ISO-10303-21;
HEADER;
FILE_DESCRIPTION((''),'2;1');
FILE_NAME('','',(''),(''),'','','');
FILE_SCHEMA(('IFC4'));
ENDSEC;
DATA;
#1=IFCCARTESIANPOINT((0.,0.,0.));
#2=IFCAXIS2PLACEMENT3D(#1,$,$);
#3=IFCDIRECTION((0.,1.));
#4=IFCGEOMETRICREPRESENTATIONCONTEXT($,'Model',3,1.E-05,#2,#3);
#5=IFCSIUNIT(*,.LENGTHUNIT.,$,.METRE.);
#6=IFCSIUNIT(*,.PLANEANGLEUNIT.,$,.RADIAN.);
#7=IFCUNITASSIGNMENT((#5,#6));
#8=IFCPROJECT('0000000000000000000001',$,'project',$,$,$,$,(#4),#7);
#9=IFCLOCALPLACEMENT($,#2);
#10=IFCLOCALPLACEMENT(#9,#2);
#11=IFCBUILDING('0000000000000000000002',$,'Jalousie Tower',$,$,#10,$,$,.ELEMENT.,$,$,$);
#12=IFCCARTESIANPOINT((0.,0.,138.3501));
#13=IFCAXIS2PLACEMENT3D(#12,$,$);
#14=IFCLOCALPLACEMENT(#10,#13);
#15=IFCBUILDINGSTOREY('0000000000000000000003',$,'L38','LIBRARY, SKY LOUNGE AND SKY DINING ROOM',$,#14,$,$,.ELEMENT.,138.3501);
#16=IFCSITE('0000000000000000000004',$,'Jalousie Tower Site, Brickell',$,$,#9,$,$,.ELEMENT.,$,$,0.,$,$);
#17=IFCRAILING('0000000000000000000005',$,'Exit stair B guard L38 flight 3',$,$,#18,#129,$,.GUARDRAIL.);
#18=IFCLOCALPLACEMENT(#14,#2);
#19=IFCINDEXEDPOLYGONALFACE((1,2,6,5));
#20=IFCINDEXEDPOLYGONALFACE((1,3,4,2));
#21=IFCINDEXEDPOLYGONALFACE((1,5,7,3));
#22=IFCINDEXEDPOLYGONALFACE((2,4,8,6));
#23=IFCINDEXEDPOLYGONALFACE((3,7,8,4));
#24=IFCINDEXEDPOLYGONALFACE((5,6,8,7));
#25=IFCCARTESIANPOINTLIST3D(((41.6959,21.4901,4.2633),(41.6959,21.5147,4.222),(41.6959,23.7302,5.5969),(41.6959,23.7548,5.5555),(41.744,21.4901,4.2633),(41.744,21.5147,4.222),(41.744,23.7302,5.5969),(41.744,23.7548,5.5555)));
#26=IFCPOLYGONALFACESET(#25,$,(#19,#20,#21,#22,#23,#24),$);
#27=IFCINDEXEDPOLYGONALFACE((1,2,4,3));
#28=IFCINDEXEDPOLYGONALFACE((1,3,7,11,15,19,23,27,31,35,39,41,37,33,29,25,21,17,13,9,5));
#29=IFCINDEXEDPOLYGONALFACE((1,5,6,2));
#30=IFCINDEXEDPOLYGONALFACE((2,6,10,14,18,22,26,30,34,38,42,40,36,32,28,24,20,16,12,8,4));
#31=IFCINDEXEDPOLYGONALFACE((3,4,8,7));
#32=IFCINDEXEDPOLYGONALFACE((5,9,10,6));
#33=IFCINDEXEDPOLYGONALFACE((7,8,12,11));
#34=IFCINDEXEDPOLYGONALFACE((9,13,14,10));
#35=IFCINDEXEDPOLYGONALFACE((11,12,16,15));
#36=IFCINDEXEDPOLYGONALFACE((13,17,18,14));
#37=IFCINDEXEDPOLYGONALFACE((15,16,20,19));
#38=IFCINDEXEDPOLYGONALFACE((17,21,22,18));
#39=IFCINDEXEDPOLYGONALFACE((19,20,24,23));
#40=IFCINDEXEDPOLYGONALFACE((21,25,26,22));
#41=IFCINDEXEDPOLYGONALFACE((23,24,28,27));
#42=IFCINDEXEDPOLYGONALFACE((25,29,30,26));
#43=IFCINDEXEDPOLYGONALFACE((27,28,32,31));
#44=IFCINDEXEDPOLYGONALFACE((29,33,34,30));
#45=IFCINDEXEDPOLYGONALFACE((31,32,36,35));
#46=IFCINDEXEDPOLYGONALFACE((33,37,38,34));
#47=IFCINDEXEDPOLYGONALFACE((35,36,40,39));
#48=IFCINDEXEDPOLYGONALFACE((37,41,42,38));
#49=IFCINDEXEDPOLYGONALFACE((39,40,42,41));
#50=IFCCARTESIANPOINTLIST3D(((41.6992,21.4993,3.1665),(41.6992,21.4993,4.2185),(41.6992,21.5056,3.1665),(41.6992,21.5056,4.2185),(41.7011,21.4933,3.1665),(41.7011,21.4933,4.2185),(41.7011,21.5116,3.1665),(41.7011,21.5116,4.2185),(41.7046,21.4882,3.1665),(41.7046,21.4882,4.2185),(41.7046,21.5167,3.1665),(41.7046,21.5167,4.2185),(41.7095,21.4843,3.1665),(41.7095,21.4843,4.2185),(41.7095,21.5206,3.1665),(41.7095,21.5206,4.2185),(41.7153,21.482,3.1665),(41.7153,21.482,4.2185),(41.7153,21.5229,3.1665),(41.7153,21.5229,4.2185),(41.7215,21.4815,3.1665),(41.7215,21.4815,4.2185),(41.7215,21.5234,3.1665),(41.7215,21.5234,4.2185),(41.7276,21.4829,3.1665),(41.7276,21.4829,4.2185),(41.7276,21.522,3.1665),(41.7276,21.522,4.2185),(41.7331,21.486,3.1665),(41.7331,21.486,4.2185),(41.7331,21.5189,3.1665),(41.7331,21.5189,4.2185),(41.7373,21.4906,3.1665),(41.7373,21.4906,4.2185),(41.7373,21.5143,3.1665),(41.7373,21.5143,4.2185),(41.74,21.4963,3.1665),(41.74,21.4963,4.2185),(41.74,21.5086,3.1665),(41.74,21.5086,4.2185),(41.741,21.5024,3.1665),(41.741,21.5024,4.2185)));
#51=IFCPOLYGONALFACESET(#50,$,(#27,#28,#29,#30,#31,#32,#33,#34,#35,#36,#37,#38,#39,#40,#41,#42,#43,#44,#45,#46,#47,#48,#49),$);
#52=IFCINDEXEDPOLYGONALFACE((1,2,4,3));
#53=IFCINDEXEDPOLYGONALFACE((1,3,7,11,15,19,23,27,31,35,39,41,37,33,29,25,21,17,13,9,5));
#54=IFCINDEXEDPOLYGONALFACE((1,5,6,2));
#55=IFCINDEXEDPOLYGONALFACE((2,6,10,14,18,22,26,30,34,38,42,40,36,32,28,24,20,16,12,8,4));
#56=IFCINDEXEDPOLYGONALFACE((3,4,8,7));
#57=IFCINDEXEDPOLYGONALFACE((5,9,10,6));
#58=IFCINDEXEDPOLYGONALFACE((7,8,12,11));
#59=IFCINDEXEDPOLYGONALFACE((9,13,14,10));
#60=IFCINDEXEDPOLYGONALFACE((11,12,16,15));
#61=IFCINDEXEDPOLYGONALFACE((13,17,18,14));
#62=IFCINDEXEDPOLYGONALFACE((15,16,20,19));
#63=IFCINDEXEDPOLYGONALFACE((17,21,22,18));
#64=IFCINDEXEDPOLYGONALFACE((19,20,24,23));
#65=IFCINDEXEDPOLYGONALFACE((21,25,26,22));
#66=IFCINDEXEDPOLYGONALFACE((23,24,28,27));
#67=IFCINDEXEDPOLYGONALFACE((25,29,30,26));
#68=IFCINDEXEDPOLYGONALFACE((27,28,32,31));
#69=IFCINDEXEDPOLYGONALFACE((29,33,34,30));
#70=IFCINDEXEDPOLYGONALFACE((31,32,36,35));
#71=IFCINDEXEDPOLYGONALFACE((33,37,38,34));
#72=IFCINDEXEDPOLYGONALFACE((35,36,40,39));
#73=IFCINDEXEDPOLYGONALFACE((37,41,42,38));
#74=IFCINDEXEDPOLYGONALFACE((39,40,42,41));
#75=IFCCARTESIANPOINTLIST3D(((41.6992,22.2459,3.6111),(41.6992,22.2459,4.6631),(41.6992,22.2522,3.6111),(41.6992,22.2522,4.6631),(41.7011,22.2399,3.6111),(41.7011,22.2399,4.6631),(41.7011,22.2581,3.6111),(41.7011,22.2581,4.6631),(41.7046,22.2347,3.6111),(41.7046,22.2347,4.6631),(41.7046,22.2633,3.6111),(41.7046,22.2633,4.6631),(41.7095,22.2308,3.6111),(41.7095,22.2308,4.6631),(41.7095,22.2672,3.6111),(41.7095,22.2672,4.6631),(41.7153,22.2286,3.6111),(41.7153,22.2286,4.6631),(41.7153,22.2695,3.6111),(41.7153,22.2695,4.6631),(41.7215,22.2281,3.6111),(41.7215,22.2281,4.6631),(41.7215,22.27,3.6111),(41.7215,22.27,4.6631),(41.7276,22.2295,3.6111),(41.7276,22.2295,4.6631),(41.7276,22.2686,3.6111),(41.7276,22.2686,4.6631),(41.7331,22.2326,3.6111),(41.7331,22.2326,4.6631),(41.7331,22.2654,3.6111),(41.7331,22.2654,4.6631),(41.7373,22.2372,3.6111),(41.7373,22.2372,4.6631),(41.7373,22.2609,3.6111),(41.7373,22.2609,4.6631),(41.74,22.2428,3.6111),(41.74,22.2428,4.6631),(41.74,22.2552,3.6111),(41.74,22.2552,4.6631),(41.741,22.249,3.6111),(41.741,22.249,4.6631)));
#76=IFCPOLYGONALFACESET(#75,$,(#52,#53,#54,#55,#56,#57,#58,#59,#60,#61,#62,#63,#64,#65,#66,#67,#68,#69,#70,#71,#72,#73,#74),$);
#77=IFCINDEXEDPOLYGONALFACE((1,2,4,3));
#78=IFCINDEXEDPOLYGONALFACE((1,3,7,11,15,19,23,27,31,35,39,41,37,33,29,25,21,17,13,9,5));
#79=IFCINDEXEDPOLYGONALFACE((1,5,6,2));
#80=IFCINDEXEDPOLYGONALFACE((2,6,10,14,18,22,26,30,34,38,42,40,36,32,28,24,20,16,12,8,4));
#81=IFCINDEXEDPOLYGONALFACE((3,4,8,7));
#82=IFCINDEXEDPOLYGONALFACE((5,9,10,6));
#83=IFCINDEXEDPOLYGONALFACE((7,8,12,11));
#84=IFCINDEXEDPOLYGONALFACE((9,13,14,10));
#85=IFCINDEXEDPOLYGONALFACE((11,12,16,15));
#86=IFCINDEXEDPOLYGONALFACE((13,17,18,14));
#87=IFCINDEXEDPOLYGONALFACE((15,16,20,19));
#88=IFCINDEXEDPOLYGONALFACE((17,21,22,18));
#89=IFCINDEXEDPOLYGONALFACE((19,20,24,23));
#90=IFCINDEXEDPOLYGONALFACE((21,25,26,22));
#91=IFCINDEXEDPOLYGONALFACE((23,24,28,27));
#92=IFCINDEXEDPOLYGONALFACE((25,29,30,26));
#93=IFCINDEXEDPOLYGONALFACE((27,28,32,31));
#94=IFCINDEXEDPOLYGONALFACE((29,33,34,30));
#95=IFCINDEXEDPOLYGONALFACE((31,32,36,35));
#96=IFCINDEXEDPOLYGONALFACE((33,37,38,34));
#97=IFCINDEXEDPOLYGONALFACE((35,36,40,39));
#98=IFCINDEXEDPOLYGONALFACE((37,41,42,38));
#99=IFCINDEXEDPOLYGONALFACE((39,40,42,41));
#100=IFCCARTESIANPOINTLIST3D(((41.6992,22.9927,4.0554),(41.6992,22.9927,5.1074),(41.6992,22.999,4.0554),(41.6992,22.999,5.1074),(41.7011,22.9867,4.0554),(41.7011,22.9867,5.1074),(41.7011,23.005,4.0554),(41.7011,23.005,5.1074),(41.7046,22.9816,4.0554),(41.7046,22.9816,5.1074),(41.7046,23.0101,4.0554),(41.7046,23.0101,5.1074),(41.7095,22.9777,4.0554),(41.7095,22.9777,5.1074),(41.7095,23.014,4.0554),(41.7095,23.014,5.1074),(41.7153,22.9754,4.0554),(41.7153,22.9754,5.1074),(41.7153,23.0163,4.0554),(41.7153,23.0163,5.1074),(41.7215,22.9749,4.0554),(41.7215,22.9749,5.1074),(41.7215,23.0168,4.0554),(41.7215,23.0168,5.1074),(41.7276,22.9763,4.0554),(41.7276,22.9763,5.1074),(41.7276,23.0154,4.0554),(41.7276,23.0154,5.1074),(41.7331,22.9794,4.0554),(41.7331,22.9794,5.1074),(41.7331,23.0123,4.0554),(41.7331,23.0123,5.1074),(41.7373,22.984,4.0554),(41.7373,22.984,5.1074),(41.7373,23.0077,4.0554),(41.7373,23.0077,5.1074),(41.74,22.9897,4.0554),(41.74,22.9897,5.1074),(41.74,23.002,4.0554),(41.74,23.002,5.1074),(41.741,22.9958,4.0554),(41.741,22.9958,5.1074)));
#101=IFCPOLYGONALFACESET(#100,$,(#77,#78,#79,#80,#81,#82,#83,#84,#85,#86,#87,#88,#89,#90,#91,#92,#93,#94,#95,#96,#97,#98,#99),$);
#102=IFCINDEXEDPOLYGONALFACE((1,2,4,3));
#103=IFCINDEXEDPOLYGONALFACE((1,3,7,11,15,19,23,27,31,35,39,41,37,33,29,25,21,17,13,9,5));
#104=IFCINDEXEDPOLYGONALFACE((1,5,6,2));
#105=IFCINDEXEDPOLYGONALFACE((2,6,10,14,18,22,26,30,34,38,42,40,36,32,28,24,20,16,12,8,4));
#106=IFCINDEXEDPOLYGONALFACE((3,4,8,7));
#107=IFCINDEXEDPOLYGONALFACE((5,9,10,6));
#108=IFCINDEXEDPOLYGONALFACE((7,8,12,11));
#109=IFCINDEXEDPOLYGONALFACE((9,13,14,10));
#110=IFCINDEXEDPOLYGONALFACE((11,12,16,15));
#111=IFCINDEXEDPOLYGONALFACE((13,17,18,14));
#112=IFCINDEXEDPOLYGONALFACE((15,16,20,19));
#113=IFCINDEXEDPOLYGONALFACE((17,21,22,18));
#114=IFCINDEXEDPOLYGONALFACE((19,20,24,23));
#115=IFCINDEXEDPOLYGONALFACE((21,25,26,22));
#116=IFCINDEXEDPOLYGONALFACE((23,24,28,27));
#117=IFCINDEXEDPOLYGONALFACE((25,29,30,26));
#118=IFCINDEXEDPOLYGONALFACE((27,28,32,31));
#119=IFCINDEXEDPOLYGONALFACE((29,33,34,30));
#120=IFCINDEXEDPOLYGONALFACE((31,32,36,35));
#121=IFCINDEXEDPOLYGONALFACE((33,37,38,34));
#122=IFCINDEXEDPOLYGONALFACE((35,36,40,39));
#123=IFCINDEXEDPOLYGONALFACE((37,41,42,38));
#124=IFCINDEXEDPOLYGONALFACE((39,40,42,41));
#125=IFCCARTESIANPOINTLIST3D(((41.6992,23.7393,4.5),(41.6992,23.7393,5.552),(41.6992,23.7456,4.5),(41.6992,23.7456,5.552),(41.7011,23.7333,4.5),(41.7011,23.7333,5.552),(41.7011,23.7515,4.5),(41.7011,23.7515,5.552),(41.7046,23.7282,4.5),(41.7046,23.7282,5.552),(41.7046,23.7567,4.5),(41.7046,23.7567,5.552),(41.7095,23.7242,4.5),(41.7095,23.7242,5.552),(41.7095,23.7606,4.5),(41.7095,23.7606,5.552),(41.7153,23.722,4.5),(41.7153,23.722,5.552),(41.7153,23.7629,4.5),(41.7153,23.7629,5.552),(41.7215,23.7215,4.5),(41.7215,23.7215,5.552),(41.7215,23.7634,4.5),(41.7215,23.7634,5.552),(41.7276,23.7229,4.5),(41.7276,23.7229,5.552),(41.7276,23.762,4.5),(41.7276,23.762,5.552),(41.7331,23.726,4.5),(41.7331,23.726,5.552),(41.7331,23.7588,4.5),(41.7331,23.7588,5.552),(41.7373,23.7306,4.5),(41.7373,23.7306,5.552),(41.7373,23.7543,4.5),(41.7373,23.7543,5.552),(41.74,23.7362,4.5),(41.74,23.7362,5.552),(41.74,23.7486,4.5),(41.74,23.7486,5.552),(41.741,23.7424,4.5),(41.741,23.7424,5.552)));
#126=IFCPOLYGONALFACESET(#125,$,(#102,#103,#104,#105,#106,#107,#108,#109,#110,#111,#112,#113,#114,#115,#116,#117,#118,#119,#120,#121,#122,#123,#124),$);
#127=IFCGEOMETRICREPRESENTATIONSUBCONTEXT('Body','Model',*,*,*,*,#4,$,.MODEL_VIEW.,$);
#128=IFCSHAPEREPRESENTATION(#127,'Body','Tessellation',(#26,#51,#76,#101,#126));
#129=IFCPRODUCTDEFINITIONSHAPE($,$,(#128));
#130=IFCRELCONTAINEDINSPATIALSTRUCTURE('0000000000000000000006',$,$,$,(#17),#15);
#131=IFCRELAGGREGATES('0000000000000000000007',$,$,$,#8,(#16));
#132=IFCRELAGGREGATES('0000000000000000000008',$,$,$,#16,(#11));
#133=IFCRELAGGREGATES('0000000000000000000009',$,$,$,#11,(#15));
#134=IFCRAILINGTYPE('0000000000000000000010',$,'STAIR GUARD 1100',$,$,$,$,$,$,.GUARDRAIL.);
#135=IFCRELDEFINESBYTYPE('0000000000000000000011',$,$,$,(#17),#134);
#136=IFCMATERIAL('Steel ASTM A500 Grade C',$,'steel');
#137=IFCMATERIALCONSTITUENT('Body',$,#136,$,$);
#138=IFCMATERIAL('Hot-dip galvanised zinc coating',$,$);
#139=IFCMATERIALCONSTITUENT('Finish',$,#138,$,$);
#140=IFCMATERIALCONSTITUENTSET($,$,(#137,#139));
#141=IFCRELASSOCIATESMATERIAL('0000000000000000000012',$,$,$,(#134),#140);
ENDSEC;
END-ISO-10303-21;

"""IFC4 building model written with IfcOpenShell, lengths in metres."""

from ifc_helpers import new_model, si_unit, direction, frame, origin, origin_2d, place, context, subcontext, project, spatial, rectangle, circle, extrude, material, constituent, constituent_set, type_object, element, save


model = new_model("IFC4")

# Units and contexts
model_context = context("Model", 3, precision=1e-05, world=origin(), true_north=direction((0.0, 1.0)))
body_context = subcontext(model_context, "Body", "Model", "MODEL_VIEW")
ifc_project = project(units=[si_unit("LENGTHUNIT", "METRE"), si_unit("PLANEANGLEUNIT", "RADIAN")], contexts=[model_context])

# Site, building, storey
site_placement = place(None, origin())
site = spatial("IfcSite", under=ifc_project, at=site_placement, Name="Jalousie Tower Site, Brickell", CompositionType="ELEMENT", RefElevation=0.0)
building_placement = place(site_placement, origin())
building = spatial("IfcBuilding", under=site, at=building_placement, Name="Jalousie Tower", CompositionType="ELEMENT")
storey_placement = place(building_placement, frame((0.0, 0.0, 138.3501)))
storey = spatial("IfcBuildingStorey", under=building, at=storey_placement, Name="L38", Description="LIBRARY, SKY LOUNGE AND SKY DINING ROOM", CompositionType="ELEMENT", Elevation=138.3501)

# Railing
ifc_material_1 = material(Name="Steel ASTM A500 Grade C", Category="steel")
ifc_constituent_1 = constituent(ifc_material_1, Name="Body")
ifc_material_2 = material(Name="Hot-dip galvanised zinc coating")
ifc_constituent_2 = constituent(ifc_material_2, Name="Finish")
ifc_constituent_set_1 = constituent_set(constituents=[ifc_constituent_1, ifc_constituent_2])
railing_type_1 = type_object("IfcRailingType", Name="STAIR GUARD 1100", PredefinedType="GUARDRAIL", material=ifc_constituent_set_1)
railing_1_placement = place(storey_placement, frame((41.72, 21.5024, 3.1665)))
element("IfcRailing", 1, at=railing_1_placement, inside=storey, type_object=railing_type_1, Name="Exit stair B guard L38 flight 3", PredefinedType="GUARDRAIL", context=body_context, shape_type="SweptSolid", body=[
    extrude(rectangle(XDim=0.0481, YDim=0.0481, at=origin_2d()), frame((0.0, 0.0, 1.0762), z_axis=(0.0, 0.859264, 0.511532), x_axis=(-1.0, 0.0, 0.0)), (0.0, 0.0, 1.0), 2.6069),
    extrude(circle(Radius=0.021, at=origin_2d()), origin(), (0.0, 0.0, 1.0), 1.052),
    extrude(circle(Radius=0.021, at=origin_2d()), frame((0.0, 0.7466, 0.4446)), (0.0, 0.0, 1.0), 1.052),
    extrude(circle(Radius=0.021, at=origin_2d()), frame((0.0, 1.4934, 0.8889)), (0.0, 0.0, 1.0), 1.052),
    extrude(circle(Radius=0.021, at=origin_2d()), frame((0.0, 2.24, 1.3335)), (0.0, 0.0, 1.0), 1.052),
])

save(model, "model.ifc")
